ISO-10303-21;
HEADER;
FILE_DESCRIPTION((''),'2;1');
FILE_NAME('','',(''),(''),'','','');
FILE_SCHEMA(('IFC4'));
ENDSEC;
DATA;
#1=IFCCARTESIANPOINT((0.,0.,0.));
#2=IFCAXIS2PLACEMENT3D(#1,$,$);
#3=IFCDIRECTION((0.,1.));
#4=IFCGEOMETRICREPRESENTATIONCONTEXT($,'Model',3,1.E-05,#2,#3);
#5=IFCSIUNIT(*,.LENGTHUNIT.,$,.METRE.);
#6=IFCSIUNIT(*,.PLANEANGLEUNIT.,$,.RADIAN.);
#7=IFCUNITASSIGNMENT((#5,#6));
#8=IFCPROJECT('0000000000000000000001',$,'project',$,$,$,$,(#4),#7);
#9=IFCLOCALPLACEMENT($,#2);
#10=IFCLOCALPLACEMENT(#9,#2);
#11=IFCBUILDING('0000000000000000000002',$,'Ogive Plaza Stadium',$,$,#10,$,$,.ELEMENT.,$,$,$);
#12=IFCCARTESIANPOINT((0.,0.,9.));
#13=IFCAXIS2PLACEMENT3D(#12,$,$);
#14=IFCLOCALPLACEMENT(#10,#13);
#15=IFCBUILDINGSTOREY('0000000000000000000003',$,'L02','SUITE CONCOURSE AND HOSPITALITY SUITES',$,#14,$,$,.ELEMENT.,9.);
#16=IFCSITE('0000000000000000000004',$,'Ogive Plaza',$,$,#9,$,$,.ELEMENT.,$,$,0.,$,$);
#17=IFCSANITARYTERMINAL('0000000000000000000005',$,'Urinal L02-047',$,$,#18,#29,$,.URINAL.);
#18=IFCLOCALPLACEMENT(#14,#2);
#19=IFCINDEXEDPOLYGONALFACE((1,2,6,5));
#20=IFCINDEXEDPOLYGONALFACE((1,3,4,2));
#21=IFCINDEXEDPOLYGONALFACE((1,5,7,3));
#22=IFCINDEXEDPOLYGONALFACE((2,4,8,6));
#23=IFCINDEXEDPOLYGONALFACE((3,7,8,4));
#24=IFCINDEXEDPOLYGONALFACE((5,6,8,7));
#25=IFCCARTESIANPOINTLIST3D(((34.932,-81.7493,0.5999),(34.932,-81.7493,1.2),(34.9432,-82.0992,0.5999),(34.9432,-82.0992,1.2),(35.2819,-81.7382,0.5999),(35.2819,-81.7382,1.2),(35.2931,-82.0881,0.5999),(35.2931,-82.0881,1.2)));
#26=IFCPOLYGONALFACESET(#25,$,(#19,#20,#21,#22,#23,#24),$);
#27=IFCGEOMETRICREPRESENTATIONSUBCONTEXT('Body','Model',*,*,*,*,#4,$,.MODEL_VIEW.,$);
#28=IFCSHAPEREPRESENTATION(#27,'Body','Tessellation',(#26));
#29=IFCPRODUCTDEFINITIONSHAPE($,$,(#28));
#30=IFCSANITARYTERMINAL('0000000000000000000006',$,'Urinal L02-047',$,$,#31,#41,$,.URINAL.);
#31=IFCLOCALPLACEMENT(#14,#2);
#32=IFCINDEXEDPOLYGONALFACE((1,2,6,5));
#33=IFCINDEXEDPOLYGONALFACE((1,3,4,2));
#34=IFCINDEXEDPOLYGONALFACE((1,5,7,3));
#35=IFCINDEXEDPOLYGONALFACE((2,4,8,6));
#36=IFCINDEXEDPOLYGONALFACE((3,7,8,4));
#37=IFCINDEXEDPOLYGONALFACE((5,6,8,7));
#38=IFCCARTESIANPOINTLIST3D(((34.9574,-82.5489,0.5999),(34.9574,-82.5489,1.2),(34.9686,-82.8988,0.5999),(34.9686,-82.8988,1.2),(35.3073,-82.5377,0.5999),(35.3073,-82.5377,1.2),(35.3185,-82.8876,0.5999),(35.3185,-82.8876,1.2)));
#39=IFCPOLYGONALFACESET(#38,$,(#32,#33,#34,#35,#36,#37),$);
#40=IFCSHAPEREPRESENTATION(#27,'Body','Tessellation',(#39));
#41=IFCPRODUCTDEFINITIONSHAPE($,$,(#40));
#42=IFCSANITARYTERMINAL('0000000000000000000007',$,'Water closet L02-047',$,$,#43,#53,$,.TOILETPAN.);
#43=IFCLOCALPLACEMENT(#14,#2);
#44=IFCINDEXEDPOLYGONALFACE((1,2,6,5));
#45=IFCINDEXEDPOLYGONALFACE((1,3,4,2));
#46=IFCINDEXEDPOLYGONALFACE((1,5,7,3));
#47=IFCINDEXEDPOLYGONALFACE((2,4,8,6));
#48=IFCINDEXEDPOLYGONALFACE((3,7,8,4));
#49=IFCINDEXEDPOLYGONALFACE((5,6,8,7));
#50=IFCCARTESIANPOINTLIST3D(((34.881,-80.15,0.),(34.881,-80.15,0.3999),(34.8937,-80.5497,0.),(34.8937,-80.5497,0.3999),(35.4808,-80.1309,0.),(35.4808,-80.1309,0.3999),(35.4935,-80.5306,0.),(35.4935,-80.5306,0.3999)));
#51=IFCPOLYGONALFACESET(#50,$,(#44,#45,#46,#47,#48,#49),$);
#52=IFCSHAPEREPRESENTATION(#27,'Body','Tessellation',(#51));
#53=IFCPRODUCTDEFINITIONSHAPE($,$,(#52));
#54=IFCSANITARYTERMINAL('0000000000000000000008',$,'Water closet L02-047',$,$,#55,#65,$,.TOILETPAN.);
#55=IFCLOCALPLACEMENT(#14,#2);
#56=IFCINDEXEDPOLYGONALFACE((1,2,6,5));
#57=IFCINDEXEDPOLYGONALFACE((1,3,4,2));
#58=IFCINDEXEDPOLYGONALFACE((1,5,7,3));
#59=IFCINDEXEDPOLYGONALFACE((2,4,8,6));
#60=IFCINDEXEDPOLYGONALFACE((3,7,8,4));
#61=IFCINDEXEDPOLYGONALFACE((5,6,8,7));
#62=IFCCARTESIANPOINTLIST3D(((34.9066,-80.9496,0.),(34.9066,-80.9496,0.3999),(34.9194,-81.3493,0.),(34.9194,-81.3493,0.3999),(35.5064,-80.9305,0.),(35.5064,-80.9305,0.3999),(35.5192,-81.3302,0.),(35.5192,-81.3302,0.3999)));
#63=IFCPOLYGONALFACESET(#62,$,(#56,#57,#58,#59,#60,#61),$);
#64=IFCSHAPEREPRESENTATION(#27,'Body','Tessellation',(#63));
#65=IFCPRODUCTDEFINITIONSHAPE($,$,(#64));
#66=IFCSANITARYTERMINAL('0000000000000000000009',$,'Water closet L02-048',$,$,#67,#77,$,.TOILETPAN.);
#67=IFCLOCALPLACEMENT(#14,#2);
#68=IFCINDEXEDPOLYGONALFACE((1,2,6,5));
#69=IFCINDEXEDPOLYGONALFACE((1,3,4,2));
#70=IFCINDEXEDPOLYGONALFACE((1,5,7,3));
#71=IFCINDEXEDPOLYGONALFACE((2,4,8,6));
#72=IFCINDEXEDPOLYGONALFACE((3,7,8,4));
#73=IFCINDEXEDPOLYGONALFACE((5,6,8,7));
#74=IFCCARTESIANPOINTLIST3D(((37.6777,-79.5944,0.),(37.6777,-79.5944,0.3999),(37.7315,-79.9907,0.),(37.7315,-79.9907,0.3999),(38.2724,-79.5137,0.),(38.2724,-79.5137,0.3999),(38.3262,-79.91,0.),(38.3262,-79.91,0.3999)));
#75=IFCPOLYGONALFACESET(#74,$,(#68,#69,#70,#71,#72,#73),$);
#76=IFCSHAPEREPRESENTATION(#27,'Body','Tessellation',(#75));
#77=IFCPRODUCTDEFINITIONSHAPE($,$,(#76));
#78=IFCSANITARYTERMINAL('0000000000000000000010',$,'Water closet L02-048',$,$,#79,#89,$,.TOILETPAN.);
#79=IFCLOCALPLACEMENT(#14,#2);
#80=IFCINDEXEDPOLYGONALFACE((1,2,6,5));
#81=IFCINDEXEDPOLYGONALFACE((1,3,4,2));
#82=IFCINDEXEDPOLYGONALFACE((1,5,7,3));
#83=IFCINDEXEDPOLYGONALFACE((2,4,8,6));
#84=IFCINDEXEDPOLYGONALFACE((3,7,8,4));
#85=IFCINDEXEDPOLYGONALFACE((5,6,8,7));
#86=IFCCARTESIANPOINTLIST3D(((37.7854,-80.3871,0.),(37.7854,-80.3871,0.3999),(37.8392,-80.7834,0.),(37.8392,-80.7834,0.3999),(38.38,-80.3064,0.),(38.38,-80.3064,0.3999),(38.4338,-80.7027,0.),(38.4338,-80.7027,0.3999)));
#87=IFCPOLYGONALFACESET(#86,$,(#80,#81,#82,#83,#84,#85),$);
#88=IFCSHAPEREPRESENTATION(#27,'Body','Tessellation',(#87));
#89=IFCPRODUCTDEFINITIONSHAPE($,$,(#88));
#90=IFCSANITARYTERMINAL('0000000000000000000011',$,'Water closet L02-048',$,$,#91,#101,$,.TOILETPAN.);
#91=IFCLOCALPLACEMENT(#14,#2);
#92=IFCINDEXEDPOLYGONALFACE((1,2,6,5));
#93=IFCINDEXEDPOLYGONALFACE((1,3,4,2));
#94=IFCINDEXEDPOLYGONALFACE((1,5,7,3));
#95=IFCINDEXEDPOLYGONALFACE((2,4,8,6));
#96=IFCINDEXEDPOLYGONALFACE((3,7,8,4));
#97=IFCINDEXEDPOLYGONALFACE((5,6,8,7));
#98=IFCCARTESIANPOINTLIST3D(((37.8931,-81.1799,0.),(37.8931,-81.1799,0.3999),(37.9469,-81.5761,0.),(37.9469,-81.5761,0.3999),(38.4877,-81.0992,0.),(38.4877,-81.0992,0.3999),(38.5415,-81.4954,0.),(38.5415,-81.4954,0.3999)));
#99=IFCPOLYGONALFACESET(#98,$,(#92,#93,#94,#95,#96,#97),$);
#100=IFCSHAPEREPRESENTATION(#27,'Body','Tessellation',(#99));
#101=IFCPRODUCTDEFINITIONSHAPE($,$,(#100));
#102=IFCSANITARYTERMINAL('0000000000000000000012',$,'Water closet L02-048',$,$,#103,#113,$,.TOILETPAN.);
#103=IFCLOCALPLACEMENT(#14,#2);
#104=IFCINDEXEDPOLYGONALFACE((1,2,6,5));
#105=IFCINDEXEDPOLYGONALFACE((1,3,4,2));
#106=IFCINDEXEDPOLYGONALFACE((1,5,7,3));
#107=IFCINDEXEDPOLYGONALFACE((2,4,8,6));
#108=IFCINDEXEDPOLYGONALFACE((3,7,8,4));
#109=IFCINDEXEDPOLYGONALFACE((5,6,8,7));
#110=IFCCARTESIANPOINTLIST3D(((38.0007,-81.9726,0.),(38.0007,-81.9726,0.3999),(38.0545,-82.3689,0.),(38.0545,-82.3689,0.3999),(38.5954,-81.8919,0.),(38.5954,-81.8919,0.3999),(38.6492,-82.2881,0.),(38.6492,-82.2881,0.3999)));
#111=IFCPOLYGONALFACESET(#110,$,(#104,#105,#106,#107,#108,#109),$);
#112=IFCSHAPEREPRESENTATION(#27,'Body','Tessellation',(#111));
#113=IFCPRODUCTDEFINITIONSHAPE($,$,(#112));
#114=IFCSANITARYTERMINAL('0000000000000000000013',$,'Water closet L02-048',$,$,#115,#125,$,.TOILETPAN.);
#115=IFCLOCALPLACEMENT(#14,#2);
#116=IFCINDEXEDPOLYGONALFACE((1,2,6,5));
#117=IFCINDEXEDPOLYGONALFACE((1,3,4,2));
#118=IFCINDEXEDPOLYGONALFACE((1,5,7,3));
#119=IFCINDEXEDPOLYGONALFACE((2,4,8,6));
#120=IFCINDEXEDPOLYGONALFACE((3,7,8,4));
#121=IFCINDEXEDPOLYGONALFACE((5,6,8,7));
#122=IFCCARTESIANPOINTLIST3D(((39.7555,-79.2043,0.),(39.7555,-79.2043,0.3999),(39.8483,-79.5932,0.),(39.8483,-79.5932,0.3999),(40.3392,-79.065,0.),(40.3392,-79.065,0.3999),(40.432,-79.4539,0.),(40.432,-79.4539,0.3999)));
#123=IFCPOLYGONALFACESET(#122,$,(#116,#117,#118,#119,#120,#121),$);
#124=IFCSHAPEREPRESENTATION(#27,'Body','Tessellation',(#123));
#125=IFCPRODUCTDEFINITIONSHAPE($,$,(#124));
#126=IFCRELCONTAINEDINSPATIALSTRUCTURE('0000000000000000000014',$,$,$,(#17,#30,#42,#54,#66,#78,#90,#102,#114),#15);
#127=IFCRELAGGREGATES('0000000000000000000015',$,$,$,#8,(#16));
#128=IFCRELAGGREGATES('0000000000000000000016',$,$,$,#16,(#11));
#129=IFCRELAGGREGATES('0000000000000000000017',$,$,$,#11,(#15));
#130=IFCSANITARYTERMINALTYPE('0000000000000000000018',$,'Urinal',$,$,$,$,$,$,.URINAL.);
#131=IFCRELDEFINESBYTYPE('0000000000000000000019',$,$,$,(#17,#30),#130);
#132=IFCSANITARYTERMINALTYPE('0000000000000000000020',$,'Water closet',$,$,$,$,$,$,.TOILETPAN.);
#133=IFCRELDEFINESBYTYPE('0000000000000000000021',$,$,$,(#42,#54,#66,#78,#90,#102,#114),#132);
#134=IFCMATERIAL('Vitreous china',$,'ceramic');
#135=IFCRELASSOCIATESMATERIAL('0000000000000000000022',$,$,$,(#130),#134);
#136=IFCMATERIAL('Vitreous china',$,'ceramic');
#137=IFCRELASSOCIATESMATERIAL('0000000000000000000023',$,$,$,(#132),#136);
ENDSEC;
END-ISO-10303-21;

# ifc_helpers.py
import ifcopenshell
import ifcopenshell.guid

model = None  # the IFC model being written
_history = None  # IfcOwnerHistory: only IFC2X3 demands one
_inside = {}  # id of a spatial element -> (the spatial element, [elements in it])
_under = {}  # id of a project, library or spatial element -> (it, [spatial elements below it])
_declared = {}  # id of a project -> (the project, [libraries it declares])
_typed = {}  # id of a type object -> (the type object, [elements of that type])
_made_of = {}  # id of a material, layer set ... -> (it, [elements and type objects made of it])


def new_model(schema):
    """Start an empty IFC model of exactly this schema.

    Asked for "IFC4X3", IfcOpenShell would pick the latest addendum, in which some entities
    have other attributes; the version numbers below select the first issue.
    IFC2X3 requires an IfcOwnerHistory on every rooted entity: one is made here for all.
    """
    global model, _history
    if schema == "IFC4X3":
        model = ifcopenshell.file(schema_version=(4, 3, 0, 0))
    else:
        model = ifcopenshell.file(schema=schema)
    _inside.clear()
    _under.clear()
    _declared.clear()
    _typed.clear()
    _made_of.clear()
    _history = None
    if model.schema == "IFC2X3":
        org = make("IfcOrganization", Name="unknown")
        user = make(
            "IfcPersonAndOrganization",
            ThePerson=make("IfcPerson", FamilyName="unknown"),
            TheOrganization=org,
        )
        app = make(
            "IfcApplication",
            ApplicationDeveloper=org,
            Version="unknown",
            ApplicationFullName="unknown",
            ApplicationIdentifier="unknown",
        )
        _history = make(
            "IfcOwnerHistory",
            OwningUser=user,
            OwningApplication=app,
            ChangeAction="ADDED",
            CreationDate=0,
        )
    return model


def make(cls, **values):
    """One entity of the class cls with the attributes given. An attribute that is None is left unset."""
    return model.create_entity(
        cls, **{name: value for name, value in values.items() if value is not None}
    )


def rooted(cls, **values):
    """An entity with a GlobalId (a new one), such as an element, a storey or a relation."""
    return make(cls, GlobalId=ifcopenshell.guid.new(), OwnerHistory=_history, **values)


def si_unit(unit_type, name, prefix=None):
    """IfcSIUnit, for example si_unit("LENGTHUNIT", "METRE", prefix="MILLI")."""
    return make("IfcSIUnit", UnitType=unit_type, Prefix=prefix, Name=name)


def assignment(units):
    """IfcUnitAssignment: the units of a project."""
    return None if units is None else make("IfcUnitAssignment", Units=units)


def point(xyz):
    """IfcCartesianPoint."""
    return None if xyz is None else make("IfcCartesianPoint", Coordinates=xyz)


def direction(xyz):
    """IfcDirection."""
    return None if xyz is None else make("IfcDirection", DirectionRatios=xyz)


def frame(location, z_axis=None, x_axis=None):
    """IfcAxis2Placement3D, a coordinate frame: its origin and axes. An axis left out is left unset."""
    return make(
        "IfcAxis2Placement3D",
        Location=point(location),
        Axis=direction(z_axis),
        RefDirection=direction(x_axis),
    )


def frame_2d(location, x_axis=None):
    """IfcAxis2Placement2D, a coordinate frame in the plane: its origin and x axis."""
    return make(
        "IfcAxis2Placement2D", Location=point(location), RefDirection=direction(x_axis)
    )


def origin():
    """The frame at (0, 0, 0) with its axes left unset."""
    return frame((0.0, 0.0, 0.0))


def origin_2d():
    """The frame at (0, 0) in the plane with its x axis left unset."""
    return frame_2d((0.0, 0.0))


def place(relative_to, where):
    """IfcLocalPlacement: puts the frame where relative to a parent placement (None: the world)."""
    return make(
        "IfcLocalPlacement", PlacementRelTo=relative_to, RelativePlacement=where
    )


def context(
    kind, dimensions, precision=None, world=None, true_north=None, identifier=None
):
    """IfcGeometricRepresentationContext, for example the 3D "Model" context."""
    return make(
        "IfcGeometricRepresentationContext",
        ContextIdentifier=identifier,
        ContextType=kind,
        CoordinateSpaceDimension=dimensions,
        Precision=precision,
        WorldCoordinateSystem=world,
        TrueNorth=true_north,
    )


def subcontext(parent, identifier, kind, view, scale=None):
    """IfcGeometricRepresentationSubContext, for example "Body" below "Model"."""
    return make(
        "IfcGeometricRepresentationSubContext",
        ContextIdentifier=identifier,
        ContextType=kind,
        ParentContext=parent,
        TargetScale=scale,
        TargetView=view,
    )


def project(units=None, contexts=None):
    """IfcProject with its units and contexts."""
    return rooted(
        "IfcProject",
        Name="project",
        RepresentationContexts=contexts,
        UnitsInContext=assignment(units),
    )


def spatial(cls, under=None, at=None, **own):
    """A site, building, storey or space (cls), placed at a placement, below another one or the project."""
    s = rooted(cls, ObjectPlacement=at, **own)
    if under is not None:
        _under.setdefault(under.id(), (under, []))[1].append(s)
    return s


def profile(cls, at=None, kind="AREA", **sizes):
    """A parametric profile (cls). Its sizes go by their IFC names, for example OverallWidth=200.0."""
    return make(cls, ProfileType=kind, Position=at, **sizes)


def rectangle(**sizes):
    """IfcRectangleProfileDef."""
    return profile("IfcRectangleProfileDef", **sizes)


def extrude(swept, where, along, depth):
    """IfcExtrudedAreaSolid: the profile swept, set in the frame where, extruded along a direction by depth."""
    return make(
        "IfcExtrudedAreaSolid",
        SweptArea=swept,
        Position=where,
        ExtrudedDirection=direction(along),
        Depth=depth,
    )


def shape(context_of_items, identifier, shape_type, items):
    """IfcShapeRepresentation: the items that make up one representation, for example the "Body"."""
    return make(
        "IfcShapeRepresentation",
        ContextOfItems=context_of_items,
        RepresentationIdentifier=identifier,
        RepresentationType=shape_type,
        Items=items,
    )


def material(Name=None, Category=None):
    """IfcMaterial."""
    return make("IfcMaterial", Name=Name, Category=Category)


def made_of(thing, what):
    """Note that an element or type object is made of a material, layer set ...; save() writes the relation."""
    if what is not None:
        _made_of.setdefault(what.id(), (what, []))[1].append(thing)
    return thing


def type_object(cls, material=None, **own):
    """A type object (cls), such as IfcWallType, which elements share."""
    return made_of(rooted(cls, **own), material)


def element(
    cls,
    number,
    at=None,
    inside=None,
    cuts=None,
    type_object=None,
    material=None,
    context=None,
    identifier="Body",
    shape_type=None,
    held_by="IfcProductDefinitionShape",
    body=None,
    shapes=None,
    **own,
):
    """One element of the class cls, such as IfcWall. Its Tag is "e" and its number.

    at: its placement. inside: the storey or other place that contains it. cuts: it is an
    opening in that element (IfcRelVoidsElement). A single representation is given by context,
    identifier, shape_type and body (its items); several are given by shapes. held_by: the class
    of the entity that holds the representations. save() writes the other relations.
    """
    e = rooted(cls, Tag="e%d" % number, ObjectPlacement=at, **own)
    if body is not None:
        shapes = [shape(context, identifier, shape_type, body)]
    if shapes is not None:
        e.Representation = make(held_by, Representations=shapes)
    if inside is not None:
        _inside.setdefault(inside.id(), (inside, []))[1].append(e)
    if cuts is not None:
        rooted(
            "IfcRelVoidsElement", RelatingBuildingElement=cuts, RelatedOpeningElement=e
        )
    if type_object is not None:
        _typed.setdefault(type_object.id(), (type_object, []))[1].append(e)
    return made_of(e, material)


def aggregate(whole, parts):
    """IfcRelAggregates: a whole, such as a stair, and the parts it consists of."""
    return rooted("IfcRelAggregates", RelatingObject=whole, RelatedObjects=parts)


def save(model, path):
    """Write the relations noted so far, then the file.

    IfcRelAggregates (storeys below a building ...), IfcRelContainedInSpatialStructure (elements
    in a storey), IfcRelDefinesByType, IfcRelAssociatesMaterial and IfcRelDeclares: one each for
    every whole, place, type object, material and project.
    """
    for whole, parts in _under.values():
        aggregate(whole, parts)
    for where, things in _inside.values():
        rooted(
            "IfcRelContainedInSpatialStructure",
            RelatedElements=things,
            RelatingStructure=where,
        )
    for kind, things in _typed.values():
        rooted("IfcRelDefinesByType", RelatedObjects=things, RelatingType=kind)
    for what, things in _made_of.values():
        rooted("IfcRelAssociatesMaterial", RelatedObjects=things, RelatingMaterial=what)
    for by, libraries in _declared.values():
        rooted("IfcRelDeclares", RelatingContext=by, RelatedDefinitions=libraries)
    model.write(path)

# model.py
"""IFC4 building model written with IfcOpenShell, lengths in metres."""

from ifc_helpers import new_model, si_unit, direction, frame, origin, origin_2d, place, context, subcontext, project, spatial, rectangle, extrude, material, type_object, element, save


model = new_model("IFC4")

# Units and contexts
model_context = context("Model", 3, precision=1e-05, world=origin(), true_north=direction((0.0, 1.0)))
body_context = subcontext(model_context, "Body", "Model", "MODEL_VIEW")
ifc_project = project(units=[si_unit("LENGTHUNIT", "METRE"), si_unit("PLANEANGLEUNIT", "RADIAN")], contexts=[model_context])

# Site, building, storey
site_placement = place(None, origin())
site = spatial("IfcSite", under=ifc_project, at=site_placement, Name="Ogive Plaza", CompositionType="ELEMENT", RefElevation=0.0)
building_placement = place(site_placement, origin())
building = spatial("IfcBuilding", under=site, at=building_placement, Name="Ogive Plaza Stadium", CompositionType="ELEMENT")
storey_placement = place(building_placement, frame((0.0, 0.0, 9.0)))
storey = spatial("IfcBuildingStorey", under=building, at=storey_placement, Name="L02", Description="SUITE CONCOURSE AND HOSPITALITY SUITES", CompositionType="ELEMENT", Elevation=9.0)

# Sanitary terminals
ifc_material_1 = material(Name="Vitreous china", Category="ceramic")
sanitary_terminal_type_1 = type_object("IfcSanitaryTerminalType", Name="Urinal", PredefinedType="URINAL", material=ifc_material_1)
for number, where, z_axis, x_axis, name in (
    (1, (35.1125, -81.9187, 0.5999), (0.0, 0.0, 1.0), (0.031849, -0.999493, 0.0), "Urinal L02-047"),
    (2, (35.1379, -82.7183, 0.5999), (0.0, 0.0, 1.0), (0.031849, -0.999493, 0.0), "Urinal L02-047"),
):
    element("IfcSanitaryTerminal", number, at=place(storey_placement, frame(where, z_axis=z_axis, x_axis=x_axis)), inside=storey, type_object=sanitary_terminal_type_1, Name=name, PredefinedType="URINAL", context=body_context, shape_type="SweptSolid", body=[
        extrude(rectangle(XDim=0.3501, YDim=0.3501, at=origin_2d()), origin(), (0.0, 0.0, 1.0), 0.6001),
    ])
ifc_material_2 = material(Name="Vitreous china", Category="ceramic")
sanitary_terminal_type_2 = type_object("IfcSanitaryTerminalType", Name="Water closet", PredefinedType="TOILETPAN", material=ifc_material_2)
for number, where, z_axis, x_axis, name in (
    (3, (35.1873, -80.3403, 0.0), (0.0, 0.0, 1.0), (0.031849, -0.999493, 0.0), "Water closet L02-047"),
    (4, (35.2129, -81.1399, 0.0), (0.0, 0.0, 1.0), (0.031849, -0.999493, 0.0), "Water closet L02-047"),
    (5, (38.002, -79.7522, 0.0), (0.0, 0.0, 1.0), (0.13451, -0.990912, 0.0), "Water closet L02-048"),
    (6, (38.1096, -80.5449, 0.0), (0.0, 0.0, 1.0), (0.13451, -0.990912, 0.0), "Water closet L02-048"),
    (7, (38.2173, -81.3376, 0.0), (0.0, 0.0, 1.0), (0.13451, -0.990912, 0.0), "Water closet L02-048"),
    (8, (38.325, -82.1304, 0.0), (0.0, 0.0, 1.0), (0.13451, -0.990912, 0.0), "Water closet L02-048"),
    (9, (40.0938, -79.3291, 0.0), (0.0, 0.0, 1.0), (0.23211, -0.97269, 0.0), "Water closet L02-048"),
):
    element("IfcSanitaryTerminal", number, at=place(storey_placement, frame(where, z_axis=z_axis, x_axis=x_axis)), inside=storey, type_object=sanitary_terminal_type_2, Name=name, PredefinedType="TOILETPAN", context=body_context, shape_type="SweptSolid", body=[
        extrude(rectangle(XDim=0.3999, YDim=0.6001, at=origin_2d()), origin(), (0.0, 0.0, 1.0), 0.3999),
    ])

save(model, "model.ifc")
